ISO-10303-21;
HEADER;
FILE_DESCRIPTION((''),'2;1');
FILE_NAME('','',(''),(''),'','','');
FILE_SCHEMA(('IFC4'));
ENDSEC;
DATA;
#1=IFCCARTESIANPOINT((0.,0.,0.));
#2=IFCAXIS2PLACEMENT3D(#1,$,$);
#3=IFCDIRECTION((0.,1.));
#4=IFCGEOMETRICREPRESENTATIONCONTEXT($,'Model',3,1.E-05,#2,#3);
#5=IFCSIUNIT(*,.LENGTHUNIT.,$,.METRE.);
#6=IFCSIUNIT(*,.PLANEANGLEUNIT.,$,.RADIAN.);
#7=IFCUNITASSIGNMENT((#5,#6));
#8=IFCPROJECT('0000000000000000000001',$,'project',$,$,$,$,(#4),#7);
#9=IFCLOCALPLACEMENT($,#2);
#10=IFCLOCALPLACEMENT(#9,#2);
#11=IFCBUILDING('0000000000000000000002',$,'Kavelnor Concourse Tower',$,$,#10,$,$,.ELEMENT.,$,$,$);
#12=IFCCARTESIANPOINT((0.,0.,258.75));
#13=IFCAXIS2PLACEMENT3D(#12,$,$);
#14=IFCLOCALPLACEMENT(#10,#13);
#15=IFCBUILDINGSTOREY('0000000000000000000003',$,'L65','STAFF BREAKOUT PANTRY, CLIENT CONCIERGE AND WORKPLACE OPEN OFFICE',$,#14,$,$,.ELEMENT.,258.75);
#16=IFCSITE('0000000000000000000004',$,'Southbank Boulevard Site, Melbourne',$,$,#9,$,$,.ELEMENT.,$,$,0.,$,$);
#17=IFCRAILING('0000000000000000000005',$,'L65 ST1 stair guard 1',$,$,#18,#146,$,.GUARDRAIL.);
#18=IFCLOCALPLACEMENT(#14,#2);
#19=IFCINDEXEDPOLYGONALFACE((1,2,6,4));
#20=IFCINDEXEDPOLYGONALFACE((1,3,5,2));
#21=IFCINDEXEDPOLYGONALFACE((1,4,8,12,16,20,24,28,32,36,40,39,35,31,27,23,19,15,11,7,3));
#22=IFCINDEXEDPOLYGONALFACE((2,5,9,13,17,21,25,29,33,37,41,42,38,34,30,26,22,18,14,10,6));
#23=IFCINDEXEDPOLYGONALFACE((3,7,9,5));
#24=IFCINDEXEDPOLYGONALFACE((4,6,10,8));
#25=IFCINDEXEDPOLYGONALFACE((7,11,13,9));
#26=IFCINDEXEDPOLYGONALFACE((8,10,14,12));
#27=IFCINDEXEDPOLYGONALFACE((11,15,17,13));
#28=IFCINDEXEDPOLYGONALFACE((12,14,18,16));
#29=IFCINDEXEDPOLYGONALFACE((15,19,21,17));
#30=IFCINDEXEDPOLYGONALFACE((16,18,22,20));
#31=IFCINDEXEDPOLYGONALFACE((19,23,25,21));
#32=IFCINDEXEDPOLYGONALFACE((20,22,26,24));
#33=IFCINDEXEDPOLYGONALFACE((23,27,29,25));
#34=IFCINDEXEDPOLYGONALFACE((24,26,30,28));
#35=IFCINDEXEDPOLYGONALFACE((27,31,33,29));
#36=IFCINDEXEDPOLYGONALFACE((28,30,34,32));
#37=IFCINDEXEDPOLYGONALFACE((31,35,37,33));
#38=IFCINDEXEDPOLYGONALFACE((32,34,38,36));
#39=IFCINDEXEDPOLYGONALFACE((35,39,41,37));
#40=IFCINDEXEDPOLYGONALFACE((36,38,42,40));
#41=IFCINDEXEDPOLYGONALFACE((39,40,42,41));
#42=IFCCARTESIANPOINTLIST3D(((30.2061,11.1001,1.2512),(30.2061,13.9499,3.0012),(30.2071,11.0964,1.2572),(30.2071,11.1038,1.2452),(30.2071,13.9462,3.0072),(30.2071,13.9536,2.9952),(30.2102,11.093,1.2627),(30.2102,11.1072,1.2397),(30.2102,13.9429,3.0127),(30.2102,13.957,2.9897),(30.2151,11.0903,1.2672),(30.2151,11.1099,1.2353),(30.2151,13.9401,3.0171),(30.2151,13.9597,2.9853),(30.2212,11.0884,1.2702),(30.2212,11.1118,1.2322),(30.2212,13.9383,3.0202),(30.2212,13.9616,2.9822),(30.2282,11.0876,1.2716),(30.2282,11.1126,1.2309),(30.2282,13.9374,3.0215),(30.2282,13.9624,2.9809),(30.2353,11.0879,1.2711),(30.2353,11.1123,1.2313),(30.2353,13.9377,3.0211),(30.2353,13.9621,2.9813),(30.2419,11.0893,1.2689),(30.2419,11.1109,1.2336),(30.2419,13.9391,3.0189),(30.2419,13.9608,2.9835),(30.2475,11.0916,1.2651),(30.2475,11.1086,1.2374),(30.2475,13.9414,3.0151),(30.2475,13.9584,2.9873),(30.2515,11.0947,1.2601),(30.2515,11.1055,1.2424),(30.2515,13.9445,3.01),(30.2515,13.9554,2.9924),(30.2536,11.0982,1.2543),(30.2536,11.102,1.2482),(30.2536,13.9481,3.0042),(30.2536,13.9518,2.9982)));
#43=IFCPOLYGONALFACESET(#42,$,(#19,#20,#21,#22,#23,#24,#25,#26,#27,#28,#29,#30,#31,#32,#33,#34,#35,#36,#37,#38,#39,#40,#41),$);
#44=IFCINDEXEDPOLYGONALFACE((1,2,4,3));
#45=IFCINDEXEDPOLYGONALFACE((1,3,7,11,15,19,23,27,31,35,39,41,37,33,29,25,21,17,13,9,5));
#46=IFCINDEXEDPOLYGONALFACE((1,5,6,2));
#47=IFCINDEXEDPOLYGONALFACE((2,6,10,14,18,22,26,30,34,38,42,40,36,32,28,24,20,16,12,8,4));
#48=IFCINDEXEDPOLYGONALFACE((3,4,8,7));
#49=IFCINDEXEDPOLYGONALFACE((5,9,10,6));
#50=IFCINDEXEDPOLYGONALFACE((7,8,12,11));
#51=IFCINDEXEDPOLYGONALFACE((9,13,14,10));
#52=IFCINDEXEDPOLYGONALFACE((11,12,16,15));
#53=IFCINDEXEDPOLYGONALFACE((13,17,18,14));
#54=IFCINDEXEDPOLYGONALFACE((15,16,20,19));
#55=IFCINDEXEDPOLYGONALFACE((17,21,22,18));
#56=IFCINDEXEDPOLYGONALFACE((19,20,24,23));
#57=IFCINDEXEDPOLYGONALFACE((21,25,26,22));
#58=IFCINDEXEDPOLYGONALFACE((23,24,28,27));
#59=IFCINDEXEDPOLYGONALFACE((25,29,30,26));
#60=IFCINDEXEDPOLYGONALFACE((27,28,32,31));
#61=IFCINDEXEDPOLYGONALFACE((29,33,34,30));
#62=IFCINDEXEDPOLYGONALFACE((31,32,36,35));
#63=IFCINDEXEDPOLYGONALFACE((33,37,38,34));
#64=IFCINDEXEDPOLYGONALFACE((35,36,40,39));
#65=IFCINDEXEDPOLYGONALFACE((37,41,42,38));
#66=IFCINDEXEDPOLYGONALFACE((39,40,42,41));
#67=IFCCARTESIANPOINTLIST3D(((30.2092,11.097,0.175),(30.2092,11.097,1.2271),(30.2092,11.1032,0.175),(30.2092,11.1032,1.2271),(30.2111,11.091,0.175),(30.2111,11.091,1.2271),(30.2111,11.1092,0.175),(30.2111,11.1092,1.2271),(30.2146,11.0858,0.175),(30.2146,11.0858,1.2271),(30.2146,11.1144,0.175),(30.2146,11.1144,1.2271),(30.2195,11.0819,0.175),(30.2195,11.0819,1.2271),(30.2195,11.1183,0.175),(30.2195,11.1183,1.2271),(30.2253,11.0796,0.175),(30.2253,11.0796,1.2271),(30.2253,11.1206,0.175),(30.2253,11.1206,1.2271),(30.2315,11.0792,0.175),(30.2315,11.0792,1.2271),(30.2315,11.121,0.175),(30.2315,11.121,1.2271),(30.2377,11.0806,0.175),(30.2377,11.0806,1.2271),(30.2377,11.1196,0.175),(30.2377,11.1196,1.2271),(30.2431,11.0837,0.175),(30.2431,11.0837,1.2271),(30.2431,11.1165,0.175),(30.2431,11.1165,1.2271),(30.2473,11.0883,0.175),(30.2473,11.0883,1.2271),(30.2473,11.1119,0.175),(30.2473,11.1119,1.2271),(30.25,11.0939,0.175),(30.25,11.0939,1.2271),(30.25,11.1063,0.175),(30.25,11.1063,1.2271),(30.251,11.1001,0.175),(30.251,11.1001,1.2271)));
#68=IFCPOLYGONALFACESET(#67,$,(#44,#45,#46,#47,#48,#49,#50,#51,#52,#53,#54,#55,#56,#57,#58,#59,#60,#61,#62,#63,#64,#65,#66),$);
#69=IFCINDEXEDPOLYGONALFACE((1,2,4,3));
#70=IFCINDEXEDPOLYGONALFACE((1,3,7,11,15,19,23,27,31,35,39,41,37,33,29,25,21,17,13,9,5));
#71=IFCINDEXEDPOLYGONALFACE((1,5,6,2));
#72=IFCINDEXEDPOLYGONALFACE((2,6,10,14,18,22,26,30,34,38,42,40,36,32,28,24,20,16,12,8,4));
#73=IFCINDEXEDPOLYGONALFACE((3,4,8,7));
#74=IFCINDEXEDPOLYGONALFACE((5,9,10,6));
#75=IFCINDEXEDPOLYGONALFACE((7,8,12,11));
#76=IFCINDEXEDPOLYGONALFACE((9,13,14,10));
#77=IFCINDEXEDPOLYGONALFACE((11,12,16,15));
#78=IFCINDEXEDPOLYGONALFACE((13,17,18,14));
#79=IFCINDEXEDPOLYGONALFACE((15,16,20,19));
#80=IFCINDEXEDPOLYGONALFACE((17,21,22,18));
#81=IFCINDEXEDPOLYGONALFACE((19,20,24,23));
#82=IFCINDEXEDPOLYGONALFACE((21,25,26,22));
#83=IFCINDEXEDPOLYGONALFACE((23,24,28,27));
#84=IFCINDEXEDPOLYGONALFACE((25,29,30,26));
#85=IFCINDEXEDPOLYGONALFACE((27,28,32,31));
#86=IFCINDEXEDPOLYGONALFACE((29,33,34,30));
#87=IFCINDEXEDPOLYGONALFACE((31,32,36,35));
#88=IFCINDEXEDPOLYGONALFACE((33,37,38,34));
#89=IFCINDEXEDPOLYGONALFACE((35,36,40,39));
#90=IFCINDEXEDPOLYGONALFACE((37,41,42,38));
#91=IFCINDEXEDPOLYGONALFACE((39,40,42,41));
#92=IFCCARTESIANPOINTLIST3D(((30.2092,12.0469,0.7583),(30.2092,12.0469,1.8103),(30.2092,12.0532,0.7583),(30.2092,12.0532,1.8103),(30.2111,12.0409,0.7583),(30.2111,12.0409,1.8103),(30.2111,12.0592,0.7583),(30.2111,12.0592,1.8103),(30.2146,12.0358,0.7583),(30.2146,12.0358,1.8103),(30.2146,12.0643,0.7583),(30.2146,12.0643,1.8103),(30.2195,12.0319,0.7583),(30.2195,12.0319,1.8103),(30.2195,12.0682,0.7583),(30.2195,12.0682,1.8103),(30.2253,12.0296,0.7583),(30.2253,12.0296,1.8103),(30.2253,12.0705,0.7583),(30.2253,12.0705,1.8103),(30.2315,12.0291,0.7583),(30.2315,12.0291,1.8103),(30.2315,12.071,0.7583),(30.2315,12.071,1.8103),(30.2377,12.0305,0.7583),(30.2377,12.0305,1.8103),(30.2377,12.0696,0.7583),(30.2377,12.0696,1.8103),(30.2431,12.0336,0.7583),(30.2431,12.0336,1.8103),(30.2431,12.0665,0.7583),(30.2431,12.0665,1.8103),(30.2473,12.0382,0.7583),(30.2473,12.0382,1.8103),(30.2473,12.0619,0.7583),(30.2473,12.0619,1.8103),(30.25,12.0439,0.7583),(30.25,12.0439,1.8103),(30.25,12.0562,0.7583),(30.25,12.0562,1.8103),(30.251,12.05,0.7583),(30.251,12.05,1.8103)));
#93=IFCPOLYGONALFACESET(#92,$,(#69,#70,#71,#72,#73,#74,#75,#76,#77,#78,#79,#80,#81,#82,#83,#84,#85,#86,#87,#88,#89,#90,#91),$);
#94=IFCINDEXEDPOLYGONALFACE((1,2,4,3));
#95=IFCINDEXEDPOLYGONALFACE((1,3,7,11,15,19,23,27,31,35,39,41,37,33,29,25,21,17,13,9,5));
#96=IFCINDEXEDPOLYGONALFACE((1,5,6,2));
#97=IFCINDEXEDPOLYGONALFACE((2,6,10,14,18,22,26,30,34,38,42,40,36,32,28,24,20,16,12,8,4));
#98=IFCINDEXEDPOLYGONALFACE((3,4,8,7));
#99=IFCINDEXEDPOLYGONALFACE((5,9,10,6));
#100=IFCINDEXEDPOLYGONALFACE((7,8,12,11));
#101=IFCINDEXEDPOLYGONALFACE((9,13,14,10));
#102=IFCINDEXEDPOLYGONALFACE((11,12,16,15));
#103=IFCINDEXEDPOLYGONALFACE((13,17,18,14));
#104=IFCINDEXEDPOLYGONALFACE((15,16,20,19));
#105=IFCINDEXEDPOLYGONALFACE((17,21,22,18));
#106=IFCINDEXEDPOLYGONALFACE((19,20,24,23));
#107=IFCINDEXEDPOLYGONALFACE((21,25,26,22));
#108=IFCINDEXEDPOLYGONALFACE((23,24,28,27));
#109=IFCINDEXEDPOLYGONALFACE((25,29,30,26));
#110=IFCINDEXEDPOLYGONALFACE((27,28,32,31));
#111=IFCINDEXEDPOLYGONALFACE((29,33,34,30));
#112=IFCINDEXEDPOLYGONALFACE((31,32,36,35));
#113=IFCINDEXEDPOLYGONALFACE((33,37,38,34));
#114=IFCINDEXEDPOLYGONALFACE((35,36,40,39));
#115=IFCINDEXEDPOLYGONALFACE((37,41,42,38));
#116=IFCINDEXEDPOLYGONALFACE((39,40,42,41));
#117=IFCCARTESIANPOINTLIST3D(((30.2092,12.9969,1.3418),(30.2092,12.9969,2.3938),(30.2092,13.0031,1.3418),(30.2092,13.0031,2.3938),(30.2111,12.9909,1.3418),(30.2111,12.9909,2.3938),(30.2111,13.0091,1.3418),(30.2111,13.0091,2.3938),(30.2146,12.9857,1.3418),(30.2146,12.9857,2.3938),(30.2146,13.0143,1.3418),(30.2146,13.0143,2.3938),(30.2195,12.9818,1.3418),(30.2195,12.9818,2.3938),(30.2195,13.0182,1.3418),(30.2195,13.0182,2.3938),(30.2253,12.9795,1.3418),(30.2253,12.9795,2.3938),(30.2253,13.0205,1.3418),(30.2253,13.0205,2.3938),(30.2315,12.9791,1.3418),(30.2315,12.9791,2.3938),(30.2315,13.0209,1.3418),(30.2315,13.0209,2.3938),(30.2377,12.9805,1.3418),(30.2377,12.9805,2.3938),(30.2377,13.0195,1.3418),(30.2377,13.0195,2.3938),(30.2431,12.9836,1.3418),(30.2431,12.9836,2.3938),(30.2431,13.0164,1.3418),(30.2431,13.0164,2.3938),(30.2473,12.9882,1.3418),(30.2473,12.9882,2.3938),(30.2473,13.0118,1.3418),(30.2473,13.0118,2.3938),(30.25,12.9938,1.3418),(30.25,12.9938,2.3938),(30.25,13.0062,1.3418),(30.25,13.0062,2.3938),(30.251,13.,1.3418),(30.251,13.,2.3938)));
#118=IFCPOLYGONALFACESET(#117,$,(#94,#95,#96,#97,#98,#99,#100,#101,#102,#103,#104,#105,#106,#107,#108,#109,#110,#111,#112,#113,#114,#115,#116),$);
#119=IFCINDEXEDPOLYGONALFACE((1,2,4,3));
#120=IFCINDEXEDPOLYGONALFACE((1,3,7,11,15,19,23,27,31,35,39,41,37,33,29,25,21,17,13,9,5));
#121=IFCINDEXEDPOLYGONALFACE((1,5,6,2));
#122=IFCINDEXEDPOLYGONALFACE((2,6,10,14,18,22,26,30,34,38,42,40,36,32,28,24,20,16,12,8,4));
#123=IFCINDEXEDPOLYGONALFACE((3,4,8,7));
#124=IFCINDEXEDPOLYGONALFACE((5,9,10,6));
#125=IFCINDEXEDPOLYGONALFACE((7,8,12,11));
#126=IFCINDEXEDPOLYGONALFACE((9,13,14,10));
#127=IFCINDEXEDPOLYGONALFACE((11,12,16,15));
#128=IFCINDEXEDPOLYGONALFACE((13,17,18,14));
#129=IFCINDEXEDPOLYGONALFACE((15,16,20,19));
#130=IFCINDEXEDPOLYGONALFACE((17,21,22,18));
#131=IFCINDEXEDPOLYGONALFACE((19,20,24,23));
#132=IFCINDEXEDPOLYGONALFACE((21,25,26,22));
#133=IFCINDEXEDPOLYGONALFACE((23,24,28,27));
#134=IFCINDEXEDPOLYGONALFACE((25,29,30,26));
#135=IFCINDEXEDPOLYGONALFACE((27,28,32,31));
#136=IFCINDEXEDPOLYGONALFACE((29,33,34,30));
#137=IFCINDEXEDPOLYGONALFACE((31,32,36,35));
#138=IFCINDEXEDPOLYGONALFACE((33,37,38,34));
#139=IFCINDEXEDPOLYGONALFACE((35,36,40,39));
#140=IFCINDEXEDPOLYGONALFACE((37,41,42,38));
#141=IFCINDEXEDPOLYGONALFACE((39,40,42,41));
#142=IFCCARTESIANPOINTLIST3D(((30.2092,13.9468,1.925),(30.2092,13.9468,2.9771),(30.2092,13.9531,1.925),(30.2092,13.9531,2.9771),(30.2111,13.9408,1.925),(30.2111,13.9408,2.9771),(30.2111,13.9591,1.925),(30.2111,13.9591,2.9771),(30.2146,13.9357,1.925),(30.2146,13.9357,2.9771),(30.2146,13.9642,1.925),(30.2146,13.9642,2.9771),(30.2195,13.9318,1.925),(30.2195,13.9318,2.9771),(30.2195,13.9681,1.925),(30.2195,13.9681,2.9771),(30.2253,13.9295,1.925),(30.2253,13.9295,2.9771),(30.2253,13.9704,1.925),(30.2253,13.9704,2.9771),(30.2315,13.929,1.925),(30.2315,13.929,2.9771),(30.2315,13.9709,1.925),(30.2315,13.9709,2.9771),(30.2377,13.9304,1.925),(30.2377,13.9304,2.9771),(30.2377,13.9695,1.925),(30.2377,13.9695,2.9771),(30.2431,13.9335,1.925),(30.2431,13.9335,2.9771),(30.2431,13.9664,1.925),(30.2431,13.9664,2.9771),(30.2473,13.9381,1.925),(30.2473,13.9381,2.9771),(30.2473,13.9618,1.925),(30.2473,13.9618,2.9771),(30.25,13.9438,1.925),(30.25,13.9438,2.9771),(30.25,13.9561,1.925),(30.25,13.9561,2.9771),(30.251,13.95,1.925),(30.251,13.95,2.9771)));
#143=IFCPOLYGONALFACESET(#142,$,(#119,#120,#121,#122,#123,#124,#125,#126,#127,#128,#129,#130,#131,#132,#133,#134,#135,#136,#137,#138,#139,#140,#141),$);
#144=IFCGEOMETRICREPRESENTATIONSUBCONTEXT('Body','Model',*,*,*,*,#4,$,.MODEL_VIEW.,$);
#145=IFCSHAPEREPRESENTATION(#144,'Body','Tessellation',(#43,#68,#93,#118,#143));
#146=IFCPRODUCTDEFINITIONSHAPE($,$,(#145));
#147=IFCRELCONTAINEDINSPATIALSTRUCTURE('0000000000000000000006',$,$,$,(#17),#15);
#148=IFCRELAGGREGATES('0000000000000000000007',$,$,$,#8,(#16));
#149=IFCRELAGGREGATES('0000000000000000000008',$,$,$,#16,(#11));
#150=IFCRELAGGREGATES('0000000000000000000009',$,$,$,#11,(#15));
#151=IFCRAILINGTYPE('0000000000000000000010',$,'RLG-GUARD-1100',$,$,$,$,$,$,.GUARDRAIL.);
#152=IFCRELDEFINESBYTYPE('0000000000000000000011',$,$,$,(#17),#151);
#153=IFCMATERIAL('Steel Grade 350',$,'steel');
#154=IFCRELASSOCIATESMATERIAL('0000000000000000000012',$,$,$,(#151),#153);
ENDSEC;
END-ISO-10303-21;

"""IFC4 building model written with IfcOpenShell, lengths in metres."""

from ifc_helpers import new_model, si_unit, direction, frame, origin, origin_2d, place, context, subcontext, project, spatial, circle, extrude, material, type_object, element, save


model = new_model("IFC4")

# Units and contexts
model_context = context("Model", 3, precision=1e-05, world=origin(), true_north=direction((0.0, 1.0)))
body_context = subcontext(model_context, "Body", "Model", "MODEL_VIEW")
ifc_project = project(units=[si_unit("LENGTHUNIT", "METRE"), si_unit("PLANEANGLEUNIT", "RADIAN")], contexts=[model_context])

# Site, building, storey
site_placement = place(None, origin())
site = spatial("IfcSite", under=ifc_project, at=site_placement, Name="Southbank Boulevard Site, Melbourne", CompositionType="ELEMENT", RefElevation=0.0)
building_placement = place(site_placement, origin())
building = spatial("IfcBuilding", under=site, at=building_placement, Name="Kavelnor Concourse Tower", CompositionType="ELEMENT")
storey_placement = place(building_placement, frame((0.0, 0.0, 258.75)))
storey = spatial("IfcBuildingStorey", under=building, at=storey_placement, Name="L65", Description="STAFF BREAKOUT PANTRY, CLIENT CONCIERGE AND WORKPLACE OPEN OFFICE", CompositionType="ELEMENT", Elevation=258.75)

# Shared definitions
ifc_material_1 = material(Name="Steel Grade 350", Category="steel")

# Railing
railing_type_1 = type_object("IfcRailingType", Name="RLG-GUARD-1100", PredefinedType="GUARDRAIL", material=ifc_material_1)
railing_1_placement = place(storey_placement, frame((30.23, 11.1001, 0.175)))
element("IfcRailing", 1, at=railing_1_placement, inside=storey, type_object=railing_type_1, Name="L65 ST1 stair guard 1", PredefinedType="GUARDRAIL", context=body_context, shape_type="SweptSolid", body=[
    extrude(circle(Radius=0.0239, at=origin_2d()), frame((0.0, 0.0, 1.0762), z_axis=(0.0, 0.852159, 0.523283), x_axis=(-1.0, 0.0, 0.0)), (0.0, 0.0, 1.0), 3.3442),
    extrude(circle(Radius=0.021, at=origin_2d()), origin(), (0.0, 0.0, 1.0), 1.052),
    extrude(circle(Radius=0.021, at=origin_2d()), frame((0.0, 0.95, 0.5833)), (0.0, 0.0, 1.0), 1.052),
    extrude(circle(Radius=0.021, at=origin_2d()), frame((0.0, 1.8999, 1.1667)), (0.0, 0.0, 1.0), 1.052),
    extrude(circle(Radius=0.021, at=origin_2d()), frame((0.0, 2.8499, 1.75)), (0.0, 0.0, 1.0), 1.052),
])

save(model, "model.ifc")
